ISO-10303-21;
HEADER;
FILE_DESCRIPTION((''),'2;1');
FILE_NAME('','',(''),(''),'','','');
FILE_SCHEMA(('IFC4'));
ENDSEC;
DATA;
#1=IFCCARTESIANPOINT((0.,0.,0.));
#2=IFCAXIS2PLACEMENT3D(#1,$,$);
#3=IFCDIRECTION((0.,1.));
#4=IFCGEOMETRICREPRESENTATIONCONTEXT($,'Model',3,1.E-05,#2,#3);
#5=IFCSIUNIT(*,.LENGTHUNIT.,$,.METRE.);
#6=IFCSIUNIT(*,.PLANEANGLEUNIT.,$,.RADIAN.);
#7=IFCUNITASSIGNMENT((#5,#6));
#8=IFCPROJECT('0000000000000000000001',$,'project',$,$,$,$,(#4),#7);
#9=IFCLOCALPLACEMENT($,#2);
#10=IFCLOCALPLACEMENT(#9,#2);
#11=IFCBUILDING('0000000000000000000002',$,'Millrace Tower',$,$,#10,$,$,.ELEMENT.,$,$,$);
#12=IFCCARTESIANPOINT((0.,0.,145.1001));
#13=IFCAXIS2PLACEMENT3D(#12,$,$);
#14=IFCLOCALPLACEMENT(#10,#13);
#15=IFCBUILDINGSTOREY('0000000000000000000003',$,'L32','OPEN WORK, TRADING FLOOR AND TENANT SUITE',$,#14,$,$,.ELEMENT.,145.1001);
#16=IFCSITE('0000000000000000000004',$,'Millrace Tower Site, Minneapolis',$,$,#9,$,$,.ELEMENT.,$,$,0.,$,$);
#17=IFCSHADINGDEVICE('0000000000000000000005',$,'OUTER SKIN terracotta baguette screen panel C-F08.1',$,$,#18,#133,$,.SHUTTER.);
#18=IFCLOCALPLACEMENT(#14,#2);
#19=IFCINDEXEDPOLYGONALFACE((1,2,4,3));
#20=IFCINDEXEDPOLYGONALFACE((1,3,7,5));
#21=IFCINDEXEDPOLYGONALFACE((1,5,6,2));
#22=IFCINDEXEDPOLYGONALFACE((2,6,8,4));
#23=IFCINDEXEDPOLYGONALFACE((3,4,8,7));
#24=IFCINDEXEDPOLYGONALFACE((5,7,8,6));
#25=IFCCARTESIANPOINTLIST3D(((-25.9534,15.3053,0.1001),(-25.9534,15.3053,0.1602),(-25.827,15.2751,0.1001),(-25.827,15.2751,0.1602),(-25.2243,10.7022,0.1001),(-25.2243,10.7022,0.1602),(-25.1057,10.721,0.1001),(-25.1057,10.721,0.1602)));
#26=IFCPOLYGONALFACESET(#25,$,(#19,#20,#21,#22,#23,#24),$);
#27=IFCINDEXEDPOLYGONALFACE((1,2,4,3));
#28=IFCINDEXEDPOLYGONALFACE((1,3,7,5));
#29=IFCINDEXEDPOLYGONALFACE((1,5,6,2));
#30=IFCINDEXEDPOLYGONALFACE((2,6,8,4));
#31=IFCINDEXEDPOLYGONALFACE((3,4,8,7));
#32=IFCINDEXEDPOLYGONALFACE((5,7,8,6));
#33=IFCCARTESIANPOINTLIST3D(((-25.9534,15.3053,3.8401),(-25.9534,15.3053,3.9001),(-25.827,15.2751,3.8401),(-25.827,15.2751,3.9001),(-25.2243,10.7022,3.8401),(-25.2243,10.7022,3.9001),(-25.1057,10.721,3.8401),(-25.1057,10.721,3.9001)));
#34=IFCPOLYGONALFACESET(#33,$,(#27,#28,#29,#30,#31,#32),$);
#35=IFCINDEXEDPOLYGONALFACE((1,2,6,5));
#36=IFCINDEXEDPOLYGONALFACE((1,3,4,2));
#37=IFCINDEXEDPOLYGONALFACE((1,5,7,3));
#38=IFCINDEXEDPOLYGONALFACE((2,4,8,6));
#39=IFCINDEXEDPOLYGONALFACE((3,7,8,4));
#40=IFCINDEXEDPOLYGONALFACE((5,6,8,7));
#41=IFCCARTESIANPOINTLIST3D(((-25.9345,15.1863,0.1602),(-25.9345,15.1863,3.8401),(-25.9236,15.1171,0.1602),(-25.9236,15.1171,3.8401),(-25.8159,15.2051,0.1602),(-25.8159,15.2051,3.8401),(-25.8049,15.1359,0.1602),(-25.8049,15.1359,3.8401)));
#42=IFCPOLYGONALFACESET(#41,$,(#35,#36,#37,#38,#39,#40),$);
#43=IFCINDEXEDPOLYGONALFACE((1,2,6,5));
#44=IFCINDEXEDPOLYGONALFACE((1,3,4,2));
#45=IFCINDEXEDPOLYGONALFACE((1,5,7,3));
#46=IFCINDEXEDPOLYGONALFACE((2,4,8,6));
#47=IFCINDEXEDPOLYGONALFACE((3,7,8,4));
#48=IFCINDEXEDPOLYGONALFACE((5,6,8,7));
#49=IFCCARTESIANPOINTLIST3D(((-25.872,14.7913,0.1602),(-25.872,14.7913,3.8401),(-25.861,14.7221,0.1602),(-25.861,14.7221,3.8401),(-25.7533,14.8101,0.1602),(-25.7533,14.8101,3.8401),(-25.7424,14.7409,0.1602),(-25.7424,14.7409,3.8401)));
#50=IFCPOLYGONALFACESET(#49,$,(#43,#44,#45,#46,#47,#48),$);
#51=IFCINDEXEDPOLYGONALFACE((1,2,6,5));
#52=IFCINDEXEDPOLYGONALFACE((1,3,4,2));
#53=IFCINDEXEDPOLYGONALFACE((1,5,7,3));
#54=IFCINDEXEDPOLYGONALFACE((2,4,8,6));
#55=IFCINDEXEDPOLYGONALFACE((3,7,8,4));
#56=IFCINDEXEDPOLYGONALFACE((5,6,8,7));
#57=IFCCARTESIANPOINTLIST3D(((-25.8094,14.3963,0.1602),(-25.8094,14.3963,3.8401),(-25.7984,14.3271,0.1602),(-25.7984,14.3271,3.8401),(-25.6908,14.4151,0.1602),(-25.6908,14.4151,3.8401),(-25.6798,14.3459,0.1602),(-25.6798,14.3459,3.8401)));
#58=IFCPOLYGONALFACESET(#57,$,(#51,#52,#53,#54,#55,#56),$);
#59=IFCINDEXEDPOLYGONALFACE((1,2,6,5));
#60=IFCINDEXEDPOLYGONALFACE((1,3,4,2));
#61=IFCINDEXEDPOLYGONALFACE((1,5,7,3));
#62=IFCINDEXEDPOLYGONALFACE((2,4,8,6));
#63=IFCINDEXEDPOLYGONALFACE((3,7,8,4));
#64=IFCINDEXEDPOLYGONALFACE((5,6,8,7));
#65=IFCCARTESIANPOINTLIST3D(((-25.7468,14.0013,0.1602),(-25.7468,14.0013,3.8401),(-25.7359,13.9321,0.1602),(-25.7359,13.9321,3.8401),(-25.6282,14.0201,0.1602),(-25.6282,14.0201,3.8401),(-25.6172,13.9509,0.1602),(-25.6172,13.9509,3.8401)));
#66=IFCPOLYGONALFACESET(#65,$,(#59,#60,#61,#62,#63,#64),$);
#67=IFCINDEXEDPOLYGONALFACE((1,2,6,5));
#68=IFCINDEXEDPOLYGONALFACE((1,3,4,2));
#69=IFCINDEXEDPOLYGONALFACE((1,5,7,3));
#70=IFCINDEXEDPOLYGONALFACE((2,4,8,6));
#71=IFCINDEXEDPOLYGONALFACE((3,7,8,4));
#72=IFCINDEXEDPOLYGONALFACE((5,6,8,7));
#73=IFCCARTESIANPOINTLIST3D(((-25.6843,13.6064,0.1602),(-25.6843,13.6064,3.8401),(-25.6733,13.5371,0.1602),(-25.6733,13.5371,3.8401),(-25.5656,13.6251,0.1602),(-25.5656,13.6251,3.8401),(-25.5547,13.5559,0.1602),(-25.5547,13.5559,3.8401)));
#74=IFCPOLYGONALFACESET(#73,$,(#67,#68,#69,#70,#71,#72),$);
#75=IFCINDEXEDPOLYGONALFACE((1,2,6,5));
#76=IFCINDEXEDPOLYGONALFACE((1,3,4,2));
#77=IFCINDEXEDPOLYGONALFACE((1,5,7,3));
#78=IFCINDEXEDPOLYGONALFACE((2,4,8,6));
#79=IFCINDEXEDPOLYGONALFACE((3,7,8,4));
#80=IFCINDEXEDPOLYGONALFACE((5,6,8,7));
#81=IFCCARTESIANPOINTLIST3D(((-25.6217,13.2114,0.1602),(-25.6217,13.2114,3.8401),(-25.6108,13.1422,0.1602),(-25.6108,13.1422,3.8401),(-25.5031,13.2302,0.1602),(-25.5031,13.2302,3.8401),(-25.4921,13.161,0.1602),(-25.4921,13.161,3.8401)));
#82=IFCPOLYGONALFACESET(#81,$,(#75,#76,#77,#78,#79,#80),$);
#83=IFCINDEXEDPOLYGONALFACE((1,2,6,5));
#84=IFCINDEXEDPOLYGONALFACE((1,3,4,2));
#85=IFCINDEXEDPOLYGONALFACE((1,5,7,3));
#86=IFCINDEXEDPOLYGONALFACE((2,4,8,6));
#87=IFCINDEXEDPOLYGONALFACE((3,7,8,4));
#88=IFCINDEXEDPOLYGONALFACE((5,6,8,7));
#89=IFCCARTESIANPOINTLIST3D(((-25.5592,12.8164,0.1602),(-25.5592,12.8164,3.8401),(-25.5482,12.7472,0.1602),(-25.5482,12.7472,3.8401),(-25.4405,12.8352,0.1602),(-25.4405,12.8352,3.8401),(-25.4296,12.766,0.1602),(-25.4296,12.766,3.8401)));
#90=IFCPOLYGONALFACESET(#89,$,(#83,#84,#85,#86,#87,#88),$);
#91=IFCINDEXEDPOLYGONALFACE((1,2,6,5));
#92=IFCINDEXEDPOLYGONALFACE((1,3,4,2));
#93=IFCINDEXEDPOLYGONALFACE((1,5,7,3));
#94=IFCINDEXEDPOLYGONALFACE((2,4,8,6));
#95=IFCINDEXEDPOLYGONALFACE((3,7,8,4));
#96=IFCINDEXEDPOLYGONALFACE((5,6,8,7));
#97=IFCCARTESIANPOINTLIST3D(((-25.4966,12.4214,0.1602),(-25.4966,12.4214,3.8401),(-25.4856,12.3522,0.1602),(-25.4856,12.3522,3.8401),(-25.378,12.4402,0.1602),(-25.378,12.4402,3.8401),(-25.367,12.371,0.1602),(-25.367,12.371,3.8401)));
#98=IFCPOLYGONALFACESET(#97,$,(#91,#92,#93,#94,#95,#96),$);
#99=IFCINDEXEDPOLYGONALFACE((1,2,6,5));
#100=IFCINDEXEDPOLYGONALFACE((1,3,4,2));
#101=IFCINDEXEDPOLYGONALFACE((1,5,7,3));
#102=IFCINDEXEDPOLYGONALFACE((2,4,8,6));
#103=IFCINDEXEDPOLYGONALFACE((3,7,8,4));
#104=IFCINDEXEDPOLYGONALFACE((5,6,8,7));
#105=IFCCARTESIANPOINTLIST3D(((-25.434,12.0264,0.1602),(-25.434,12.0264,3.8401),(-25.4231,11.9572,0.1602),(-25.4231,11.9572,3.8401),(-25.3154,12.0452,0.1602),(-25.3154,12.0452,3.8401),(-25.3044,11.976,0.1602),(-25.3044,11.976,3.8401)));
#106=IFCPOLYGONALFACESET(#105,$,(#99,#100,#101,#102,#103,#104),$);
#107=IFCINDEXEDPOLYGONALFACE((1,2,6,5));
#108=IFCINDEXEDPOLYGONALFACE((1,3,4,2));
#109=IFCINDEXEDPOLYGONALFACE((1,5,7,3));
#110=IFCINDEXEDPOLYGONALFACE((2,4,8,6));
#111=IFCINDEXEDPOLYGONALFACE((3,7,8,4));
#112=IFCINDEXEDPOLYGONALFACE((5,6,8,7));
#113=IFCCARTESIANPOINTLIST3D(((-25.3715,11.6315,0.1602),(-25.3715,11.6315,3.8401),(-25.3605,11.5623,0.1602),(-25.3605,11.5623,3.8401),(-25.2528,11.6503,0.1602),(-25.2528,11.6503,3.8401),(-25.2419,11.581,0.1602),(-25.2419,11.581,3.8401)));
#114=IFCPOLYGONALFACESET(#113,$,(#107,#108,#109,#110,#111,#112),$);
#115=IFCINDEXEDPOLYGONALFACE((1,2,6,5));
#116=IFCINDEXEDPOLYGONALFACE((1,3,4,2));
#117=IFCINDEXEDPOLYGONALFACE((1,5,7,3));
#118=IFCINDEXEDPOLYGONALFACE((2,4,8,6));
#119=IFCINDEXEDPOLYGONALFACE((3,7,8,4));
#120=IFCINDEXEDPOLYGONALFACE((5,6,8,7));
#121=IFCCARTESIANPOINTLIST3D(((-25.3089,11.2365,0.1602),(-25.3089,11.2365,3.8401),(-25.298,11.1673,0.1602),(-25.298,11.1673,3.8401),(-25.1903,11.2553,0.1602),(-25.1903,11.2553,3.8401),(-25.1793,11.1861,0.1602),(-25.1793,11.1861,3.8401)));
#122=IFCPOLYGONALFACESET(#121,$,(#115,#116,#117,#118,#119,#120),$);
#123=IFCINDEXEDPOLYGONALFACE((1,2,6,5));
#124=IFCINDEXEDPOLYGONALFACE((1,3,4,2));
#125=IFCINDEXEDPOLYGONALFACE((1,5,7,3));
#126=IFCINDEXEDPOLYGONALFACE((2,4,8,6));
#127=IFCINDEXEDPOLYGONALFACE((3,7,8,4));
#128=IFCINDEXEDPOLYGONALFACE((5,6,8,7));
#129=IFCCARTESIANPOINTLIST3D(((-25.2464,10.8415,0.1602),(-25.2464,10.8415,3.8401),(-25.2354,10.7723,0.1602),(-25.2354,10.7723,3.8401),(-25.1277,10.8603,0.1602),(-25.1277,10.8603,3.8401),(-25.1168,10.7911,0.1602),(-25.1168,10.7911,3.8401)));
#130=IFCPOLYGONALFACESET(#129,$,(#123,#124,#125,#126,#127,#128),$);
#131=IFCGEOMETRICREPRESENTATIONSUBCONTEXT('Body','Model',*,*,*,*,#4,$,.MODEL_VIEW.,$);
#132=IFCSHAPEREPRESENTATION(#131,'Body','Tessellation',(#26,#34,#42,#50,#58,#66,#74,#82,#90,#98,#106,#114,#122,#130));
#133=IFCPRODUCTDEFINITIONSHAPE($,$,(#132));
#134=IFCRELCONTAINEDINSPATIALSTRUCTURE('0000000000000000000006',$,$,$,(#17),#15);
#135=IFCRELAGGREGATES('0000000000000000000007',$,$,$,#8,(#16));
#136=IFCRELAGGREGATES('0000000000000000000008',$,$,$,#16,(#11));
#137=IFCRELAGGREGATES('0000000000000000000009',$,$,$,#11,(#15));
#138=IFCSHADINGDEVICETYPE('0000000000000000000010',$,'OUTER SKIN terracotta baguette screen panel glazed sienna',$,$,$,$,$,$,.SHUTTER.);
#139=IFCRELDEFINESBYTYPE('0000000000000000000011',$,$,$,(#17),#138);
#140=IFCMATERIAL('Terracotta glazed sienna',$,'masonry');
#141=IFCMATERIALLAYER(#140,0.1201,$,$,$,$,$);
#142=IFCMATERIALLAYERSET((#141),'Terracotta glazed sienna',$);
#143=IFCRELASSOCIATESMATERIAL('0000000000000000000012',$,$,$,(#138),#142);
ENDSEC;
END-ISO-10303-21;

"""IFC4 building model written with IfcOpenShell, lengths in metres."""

from ifc_helpers import new_model, entity, si_unit, direction, frame, frame_2d, origin, place, context, subcontext, project, spatial, rectangle, extrude, source, transform, mapped, material, layer, layer_set, type_object, element, save


model = new_model("IFC4")

# Units and contexts
model_context = context("Model", 3, precision=1e-05, world=origin(), true_north=direction((0.0, 1.0)))
body_context = subcontext(model_context, "Body", "Model", "MODEL_VIEW")
ifc_project = project(units=[si_unit("LENGTHUNIT", "METRE"), si_unit("PLANEANGLEUNIT", "RADIAN")], contexts=[model_context])

# Site, building, storey
site_placement = place(None, origin())
site = spatial("IfcSite", under=ifc_project, at=site_placement, Name="Millrace Tower Site, Minneapolis", CompositionType="ELEMENT", RefElevation=0.0)
building_placement = place(site_placement, origin())
building = spatial("IfcBuilding", under=site, at=building_placement, Name="Millrace Tower", CompositionType="ELEMENT")
storey_placement = place(building_placement, frame((0.0, 0.0, 145.1001)))
storey = spatial("IfcBuildingStorey", under=building, at=storey_placement, Name="L32", Description="OPEN WORK, TRADING FLOOR AND TENANT SUITE", CompositionType="ELEMENT", Elevation=145.1001)

# Shading device
ifc_material_1 = material(Name="Terracotta glazed sienna", Category="masonry")
ifc_layer_1 = layer(ifc_material_1, 0.1201)
ifc_layer_set_1 = layer_set([ifc_layer_1], Name="Terracotta glazed sienna")
shading_device_type = type_object("IfcShadingDeviceType", Name="OUTER SKIN terracotta baguette screen panel glazed sienna", PredefinedType="SHUTTER", material=ifc_layer_set_1)
cartesian_point_1 = entity("IfcCartesianPoint", [-2.293, 0.0601])
shared_polyline_1 = entity("IfcPolyline", [cartesian_point_1, entity("IfcCartesianPoint", [2.3179, 0.0601]), entity("IfcCartesianPoint", [2.3179, -0.0601]), entity("IfcCartesianPoint", [-2.3425, -0.0601]), cartesian_point_1])
shared_shape_1 = source(origin(), body_context, "Body", "SweptSolid", [
    entity("IfcExtrudedAreaSolid", entity("IfcArbitraryClosedProfileDef", "AREA", None, shared_polyline_1), entity("IfcAxis2Placement3D", entity("IfcCartesianPoint", [0.0, 0.0, 0.0])), entity("IfcDirection", [0.0, 0.0, 1.0]), 0.0601),
    entity("IfcExtrudedAreaSolid", entity("IfcArbitraryClosedProfileDef", "AREA", None, shared_polyline_1), entity("IfcAxis2Placement3D", entity("IfcCartesianPoint", [0.0, 0.0, 3.74])), entity("IfcDirection", [0.0, 0.0, 1.0]), 0.0601),
    extrude(rectangle(XDim=0.0701, YDim=0.1201, at=frame_2d((-2.187, 0.0))), frame((0.0, 0.0, 0.0601)), (0.0, 0.0, 1.0), 3.6799),
    extrude(rectangle(XDim=0.0701, YDim=0.1201, at=frame_2d((-1.7871, 0.0))), frame((0.0, 0.0, 0.0601)), (0.0, 0.0, 1.0), 3.6799),
    extrude(rectangle(XDim=0.0701, YDim=0.1201, at=frame_2d((-1.3872, 0.0))), frame((0.0, 0.0, 0.0601)), (0.0, 0.0, 1.0), 3.6799),
    extrude(rectangle(XDim=0.0701, YDim=0.1201, at=frame_2d((-0.9873, 0.0))), frame((0.0, 0.0, 0.0601)), (0.0, 0.0, 1.0), 3.6799),
    extrude(rectangle(XDim=0.0701, YDim=0.1201, at=frame_2d((-0.5874, 0.0))), frame((0.0, 0.0, 0.0601)), (0.0, 0.0, 1.0), 3.6799),
    extrude(rectangle(XDim=0.0701, YDim=0.1201, at=frame_2d((-0.1875, 0.0))), frame((0.0, 0.0, 0.0601)), (0.0, 0.0, 1.0), 3.6799),
    extrude(rectangle(XDim=0.0701, YDim=0.1201, at=frame_2d((0.2124, 0.0))), frame((0.0, 0.0, 0.0601)), (0.0, 0.0, 1.0), 3.6799),
    extrude(rectangle(XDim=0.0701, YDim=0.1201, at=frame_2d((0.6123, 0.0))), frame((0.0, 0.0, 0.0601)), (0.0, 0.0, 1.0), 3.6799),
    extrude(rectangle(XDim=0.0701, YDim=0.1201, at=frame_2d((1.0122, 0.0))), frame((0.0, 0.0, 0.0601)), (0.0, 0.0, 1.0), 3.6799),
    extrude(rectangle(XDim=0.0701, YDim=0.1201, at=frame_2d((1.4121, 0.0))), frame((0.0, 0.0, 0.0601)), (0.0, 0.0, 1.0), 3.6799),
    extrude(rectangle(XDim=0.0701, YDim=0.1201, at=frame_2d((1.812, 0.0))), frame((0.0, 0.0, 0.0601)), (0.0, 0.0, 1.0), 3.6799),
    extrude(rectangle(XDim=0.0701, YDim=0.1201, at=frame_2d((2.2119, 0.0))), frame((0.0, 0.0, 0.0601)), (0.0, 0.0, 1.0), 3.6799),
])
shading_device_1_placement = place(storey_placement, frame((-25.5276, 13.001, 0.1001), z_axis=(0.0, 0.0, 1.0), x_axis=(0.156434, -0.987688, 0.0)))
element("IfcShadingDevice", 1, at=shading_device_1_placement, inside=storey, type_object=shading_device_type, Name="OUTER SKIN terracotta baguette screen panel C-F08.1", PredefinedType="SHUTTER", context=body_context, shape_type="MappedRepresentation", body=[
    mapped(shared_shape_1, transform((0.0, 0.0, 0.0), scale=1.0)),
])

save(model, "model.ifc")
